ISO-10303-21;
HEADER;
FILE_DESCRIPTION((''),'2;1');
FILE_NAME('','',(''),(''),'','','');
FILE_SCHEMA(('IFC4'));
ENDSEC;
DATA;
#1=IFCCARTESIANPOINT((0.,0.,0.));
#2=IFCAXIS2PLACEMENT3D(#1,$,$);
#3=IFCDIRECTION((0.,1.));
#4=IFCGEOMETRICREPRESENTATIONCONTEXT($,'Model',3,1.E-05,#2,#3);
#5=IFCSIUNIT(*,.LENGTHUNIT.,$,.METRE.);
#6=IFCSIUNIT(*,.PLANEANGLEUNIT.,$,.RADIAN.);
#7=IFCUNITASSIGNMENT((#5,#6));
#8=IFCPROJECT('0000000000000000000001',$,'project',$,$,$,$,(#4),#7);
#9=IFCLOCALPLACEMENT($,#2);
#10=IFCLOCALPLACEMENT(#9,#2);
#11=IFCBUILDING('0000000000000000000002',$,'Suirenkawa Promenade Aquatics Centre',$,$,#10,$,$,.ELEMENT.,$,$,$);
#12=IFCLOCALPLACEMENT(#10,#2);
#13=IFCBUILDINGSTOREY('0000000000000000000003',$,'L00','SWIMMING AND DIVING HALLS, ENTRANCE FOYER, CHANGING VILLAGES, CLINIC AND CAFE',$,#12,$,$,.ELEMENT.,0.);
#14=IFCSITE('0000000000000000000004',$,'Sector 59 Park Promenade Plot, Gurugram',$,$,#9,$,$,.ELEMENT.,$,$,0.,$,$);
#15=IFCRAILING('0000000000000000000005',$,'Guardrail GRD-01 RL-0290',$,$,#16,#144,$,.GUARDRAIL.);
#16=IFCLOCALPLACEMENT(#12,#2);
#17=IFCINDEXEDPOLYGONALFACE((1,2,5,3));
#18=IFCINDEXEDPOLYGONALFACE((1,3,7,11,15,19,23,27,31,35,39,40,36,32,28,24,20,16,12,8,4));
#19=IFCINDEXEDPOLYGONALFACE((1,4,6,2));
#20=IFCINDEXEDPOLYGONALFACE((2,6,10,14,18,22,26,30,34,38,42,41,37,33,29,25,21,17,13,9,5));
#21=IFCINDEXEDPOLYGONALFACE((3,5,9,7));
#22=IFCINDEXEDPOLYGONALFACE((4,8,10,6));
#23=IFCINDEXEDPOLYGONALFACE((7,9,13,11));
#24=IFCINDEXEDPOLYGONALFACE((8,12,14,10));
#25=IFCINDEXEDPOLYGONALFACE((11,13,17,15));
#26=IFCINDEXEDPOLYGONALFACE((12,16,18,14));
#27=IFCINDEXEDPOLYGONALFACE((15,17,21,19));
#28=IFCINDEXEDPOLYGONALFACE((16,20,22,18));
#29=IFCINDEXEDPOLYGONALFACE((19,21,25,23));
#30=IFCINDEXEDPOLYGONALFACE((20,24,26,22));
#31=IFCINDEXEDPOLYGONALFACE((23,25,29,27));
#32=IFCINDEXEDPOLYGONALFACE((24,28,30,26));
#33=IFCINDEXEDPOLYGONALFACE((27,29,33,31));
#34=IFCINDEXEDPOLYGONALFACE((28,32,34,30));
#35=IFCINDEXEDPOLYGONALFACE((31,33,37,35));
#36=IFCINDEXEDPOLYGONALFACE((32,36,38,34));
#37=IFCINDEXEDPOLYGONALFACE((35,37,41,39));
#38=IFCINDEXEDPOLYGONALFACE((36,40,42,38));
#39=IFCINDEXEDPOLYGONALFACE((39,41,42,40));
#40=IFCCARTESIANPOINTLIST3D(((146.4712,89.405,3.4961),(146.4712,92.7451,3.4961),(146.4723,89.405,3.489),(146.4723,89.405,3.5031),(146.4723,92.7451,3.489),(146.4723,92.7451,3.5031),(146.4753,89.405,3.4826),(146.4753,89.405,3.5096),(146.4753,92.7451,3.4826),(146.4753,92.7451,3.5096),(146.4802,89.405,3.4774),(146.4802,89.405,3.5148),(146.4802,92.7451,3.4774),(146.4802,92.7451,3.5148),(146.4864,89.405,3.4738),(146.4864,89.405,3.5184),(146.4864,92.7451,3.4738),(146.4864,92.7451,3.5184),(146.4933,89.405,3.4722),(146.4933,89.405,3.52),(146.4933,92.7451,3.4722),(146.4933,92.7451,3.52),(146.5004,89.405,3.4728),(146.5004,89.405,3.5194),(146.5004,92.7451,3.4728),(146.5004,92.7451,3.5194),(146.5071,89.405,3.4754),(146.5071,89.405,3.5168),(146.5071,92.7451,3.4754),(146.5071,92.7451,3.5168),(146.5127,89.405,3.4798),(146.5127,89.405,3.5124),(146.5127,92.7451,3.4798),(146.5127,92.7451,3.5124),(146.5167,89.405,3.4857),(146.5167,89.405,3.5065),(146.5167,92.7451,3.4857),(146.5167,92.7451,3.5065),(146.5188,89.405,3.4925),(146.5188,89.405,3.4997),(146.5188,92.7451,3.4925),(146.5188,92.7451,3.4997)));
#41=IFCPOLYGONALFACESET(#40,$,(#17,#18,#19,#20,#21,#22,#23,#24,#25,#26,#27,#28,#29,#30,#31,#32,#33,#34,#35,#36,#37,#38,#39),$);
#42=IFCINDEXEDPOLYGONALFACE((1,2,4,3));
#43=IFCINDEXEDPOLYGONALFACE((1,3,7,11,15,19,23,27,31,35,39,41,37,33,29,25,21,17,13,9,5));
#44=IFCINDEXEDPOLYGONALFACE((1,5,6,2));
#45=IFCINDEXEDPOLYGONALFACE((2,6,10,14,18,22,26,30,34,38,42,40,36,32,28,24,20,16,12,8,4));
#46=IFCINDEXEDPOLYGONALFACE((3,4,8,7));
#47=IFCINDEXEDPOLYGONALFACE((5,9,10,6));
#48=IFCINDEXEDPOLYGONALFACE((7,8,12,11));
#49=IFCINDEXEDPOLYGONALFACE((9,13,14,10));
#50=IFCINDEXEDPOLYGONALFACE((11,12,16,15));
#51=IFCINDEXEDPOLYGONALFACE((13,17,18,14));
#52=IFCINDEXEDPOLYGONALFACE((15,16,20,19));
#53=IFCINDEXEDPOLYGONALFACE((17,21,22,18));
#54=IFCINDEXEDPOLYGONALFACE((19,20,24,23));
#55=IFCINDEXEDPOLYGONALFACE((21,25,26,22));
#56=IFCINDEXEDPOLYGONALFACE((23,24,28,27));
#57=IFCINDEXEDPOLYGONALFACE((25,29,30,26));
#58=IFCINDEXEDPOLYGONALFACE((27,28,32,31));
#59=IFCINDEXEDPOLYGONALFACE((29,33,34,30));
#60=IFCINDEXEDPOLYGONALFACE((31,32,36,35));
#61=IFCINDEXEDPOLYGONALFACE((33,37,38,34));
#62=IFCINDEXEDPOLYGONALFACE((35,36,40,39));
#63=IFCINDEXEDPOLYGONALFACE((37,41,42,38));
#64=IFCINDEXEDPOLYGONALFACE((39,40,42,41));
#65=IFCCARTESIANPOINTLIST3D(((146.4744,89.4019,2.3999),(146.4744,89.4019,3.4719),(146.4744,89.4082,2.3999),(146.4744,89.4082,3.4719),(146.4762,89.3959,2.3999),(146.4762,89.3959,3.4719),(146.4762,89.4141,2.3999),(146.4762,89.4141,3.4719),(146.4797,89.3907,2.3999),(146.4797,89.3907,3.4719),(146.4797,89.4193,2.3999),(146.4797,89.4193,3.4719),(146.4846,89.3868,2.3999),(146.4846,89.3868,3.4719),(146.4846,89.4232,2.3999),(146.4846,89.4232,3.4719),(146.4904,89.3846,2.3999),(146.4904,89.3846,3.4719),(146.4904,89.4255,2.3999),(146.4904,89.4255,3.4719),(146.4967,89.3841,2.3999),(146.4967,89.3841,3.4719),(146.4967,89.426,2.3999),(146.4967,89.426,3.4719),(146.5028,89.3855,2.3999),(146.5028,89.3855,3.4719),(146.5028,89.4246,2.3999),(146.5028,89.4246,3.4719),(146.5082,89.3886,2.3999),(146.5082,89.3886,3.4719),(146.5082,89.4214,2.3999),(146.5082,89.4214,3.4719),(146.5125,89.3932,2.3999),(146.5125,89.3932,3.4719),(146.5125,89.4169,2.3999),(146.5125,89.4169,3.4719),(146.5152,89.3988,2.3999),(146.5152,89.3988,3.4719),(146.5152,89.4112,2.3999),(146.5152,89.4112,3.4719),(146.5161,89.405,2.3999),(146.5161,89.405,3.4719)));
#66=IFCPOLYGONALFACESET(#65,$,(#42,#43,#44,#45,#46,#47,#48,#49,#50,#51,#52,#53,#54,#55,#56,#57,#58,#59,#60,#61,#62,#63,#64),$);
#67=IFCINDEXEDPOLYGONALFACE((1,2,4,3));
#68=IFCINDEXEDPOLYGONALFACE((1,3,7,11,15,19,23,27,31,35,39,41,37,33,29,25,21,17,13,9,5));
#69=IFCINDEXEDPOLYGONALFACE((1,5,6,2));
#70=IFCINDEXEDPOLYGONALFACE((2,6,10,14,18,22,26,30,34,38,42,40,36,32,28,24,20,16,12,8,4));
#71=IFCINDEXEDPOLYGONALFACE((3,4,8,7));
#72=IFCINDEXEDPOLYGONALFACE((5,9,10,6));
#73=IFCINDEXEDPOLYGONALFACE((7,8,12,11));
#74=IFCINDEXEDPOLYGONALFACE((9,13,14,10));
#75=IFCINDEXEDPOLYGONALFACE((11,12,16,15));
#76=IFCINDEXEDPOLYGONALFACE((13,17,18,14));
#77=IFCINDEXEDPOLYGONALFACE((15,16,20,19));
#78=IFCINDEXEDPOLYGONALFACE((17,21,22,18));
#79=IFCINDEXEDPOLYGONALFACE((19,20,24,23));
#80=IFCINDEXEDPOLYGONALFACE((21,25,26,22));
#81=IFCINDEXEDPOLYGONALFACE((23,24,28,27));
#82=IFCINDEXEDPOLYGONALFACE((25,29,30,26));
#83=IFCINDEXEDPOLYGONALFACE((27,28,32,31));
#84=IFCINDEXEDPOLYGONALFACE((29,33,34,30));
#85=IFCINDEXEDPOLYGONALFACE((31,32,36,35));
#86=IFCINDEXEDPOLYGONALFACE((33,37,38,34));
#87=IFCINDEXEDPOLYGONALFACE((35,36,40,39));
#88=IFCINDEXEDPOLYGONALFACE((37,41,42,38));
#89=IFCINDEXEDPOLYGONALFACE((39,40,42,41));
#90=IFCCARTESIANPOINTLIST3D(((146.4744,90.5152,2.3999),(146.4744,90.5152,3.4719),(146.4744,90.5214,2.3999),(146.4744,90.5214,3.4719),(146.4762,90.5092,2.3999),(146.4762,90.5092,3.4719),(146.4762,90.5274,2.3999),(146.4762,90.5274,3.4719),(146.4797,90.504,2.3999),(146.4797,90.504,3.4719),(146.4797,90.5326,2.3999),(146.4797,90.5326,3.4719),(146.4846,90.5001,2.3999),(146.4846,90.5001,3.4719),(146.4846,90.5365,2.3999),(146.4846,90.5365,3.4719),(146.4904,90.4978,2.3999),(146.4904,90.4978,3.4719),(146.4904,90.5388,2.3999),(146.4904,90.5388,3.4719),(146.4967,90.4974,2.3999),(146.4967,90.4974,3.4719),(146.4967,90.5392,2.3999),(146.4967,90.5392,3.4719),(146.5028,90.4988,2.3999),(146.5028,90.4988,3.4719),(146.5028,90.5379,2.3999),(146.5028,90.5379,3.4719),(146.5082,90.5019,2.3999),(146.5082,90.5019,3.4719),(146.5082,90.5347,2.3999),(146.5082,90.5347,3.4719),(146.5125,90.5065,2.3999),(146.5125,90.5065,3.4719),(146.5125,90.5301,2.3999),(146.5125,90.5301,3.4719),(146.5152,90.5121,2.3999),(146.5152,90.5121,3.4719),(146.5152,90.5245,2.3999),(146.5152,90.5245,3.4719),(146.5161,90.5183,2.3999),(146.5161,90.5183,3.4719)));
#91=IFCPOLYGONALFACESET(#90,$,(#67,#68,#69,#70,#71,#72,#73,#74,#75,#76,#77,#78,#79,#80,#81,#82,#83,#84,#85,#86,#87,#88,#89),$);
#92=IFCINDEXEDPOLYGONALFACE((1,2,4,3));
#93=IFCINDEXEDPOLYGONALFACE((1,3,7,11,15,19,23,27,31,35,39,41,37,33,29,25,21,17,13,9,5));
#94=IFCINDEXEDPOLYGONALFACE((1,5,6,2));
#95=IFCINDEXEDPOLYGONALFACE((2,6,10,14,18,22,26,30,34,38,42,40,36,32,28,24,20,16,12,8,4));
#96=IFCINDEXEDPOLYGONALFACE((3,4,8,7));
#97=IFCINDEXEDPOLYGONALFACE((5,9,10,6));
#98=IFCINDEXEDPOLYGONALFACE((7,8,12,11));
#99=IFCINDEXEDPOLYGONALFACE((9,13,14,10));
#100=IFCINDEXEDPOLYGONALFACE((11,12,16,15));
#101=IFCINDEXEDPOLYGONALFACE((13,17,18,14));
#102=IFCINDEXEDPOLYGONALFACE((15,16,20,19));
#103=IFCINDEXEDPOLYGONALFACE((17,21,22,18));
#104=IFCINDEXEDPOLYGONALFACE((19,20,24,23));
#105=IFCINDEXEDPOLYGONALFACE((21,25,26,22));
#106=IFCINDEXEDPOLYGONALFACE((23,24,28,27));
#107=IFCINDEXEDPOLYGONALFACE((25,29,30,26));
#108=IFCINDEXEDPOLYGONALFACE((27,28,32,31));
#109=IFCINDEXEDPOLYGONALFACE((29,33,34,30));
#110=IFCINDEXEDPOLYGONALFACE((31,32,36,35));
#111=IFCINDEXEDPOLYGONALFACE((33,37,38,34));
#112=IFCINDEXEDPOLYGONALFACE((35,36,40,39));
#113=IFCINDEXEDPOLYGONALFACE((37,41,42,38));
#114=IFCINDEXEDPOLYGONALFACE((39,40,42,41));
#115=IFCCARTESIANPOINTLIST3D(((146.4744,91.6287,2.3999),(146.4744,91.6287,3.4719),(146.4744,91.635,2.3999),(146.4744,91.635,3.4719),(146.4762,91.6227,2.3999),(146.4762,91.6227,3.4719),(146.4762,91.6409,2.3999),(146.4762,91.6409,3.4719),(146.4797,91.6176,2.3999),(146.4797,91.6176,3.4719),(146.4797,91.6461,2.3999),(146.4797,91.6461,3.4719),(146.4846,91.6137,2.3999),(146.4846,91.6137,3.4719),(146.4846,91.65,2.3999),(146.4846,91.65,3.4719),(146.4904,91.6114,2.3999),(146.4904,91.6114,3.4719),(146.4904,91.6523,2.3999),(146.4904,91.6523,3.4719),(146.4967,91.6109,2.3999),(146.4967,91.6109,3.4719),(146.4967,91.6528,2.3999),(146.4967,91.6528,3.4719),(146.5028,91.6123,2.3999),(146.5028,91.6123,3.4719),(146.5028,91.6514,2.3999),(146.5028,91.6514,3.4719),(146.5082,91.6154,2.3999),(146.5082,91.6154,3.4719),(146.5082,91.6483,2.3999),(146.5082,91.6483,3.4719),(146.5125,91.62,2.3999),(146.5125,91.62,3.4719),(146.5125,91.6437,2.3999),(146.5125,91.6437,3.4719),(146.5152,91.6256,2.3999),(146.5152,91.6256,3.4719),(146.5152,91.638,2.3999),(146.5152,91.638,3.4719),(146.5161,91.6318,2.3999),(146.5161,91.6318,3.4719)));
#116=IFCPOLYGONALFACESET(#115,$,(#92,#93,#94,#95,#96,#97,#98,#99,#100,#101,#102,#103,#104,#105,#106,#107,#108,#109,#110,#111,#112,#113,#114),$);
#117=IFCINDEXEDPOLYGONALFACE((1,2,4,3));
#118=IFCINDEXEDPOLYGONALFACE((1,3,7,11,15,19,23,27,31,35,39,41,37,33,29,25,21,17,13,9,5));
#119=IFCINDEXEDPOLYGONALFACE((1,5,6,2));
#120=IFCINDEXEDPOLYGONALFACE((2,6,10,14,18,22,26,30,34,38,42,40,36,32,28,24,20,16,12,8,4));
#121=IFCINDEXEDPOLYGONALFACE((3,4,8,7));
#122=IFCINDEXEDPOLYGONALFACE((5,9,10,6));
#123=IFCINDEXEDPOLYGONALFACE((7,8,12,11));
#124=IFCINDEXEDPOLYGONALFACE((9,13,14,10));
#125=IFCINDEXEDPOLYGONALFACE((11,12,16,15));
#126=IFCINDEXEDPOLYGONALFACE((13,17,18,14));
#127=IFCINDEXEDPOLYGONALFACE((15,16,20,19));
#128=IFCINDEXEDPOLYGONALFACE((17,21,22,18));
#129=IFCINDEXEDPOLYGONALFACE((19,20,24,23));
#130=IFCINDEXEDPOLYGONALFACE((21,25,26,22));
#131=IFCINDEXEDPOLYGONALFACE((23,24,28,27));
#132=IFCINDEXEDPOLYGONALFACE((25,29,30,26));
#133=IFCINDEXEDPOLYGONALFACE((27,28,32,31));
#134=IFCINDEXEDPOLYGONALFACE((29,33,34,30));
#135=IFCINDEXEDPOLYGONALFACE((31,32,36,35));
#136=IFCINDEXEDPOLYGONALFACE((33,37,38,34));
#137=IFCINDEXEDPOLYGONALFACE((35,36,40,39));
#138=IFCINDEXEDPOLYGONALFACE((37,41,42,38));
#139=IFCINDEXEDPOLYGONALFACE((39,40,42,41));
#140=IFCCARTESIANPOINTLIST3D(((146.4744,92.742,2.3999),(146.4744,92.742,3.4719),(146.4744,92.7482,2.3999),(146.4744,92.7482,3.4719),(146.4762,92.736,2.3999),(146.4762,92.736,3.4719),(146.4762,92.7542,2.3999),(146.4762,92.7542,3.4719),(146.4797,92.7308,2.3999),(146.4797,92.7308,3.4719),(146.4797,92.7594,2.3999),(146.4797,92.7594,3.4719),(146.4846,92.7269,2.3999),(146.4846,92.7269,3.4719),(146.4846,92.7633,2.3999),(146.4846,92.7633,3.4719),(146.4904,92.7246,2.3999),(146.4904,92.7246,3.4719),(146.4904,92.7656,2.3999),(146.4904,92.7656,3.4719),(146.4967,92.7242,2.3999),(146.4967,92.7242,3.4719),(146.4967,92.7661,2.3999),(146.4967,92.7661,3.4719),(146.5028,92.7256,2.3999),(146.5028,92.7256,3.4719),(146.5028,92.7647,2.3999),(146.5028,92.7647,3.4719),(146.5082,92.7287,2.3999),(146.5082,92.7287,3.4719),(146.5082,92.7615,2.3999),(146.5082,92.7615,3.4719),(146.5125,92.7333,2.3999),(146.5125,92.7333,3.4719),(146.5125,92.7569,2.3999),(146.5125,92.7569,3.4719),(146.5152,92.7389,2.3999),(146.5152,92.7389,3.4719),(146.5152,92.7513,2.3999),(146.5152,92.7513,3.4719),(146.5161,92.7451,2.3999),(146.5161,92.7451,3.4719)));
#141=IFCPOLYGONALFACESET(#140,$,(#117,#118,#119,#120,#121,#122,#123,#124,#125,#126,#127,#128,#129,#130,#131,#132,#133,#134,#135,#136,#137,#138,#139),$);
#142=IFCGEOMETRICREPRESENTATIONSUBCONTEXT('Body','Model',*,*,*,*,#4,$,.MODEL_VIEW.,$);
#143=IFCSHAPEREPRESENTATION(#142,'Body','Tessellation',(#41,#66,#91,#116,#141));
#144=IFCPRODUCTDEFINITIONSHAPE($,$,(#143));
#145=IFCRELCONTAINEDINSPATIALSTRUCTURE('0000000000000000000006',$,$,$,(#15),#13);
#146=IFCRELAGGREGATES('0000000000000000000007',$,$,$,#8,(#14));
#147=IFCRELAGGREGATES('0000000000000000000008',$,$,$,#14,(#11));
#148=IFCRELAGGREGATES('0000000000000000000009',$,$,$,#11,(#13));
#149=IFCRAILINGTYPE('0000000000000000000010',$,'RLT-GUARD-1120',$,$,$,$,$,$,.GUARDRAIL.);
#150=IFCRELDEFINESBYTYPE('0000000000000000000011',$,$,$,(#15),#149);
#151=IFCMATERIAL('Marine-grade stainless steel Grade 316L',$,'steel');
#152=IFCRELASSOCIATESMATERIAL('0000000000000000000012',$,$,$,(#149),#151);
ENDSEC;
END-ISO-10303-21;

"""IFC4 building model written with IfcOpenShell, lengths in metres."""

from ifc_helpers import new_model, si_unit, direction, frame, origin, origin_2d, place, context, subcontext, project, spatial, circle, extrude, material, type_object, element, save


model = new_model("IFC4")

# Units and contexts
model_context = context("Model", 3, precision=1e-05, world=origin(), true_north=direction((0.0, 1.0)))
body_context = subcontext(model_context, "Body", "Model", "MODEL_VIEW")
ifc_project = project(units=[si_unit("LENGTHUNIT", "METRE"), si_unit("PLANEANGLEUNIT", "RADIAN")], contexts=[model_context])

# Site, building, storey
site_placement = place(None, origin())
site = spatial("IfcSite", under=ifc_project, at=site_placement, Name="Sector 59 Park Promenade Plot, Gurugram", CompositionType="ELEMENT", RefElevation=0.0)
building_placement = place(site_placement, origin())
building = spatial("IfcBuilding", under=site, at=building_placement, Name="Suirenkawa Promenade Aquatics Centre", CompositionType="ELEMENT")
storey_placement = place(building_placement, origin())
storey = spatial("IfcBuildingStorey", under=building, at=storey_placement, Name="L00", Description="SWIMMING AND DIVING HALLS, ENTRANCE FOYER, CHANGING VILLAGES, CLINIC AND CAFE", CompositionType="ELEMENT", Elevation=0.0)

# Railing
ifc_material_1 = material(Name="Marine-grade stainless steel Grade 316L", Category="steel")
railing_type_1 = type_object("IfcRailingType", Name="RLT-GUARD-1120", PredefinedType="GUARDRAIL", material=ifc_material_1)
railing_1_placement = place(storey_placement, frame((146.4951, 89.405, 2.3999)))
element("IfcRailing", 1, at=railing_1_placement, inside=storey, type_object=railing_type_1, Name="Guardrail GRD-01 RL-0290", PredefinedType="GUARDRAIL", context=body_context, shape_type="SweptSolid", body=[
    extrude(circle(Radius=0.0239, at=origin_2d()), frame((0.0, 0.0, 1.0962), z_axis=(0.0, 1.0, 0.0), x_axis=(-1.0, 0.0, 0.0)), (0.0, 0.0, 1.0), 3.3401),
    extrude(circle(Radius=0.021, at=origin_2d()), origin(), (0.0, 0.0, 1.0), 1.072),
    extrude(circle(Radius=0.021, at=origin_2d()), frame((0.0, 1.1133, 0.0)), (0.0, 0.0, 1.0), 1.072),
    extrude(circle(Radius=0.021, at=origin_2d()), frame((0.0, 2.2268, 0.0)), (0.0, 0.0, 1.0), 1.072),
    extrude(circle(Radius=0.021, at=origin_2d()), frame((0.0, 3.3401, 0.0)), (0.0, 0.0, 1.0), 1.072),
])

save(model, "model.ifc")
